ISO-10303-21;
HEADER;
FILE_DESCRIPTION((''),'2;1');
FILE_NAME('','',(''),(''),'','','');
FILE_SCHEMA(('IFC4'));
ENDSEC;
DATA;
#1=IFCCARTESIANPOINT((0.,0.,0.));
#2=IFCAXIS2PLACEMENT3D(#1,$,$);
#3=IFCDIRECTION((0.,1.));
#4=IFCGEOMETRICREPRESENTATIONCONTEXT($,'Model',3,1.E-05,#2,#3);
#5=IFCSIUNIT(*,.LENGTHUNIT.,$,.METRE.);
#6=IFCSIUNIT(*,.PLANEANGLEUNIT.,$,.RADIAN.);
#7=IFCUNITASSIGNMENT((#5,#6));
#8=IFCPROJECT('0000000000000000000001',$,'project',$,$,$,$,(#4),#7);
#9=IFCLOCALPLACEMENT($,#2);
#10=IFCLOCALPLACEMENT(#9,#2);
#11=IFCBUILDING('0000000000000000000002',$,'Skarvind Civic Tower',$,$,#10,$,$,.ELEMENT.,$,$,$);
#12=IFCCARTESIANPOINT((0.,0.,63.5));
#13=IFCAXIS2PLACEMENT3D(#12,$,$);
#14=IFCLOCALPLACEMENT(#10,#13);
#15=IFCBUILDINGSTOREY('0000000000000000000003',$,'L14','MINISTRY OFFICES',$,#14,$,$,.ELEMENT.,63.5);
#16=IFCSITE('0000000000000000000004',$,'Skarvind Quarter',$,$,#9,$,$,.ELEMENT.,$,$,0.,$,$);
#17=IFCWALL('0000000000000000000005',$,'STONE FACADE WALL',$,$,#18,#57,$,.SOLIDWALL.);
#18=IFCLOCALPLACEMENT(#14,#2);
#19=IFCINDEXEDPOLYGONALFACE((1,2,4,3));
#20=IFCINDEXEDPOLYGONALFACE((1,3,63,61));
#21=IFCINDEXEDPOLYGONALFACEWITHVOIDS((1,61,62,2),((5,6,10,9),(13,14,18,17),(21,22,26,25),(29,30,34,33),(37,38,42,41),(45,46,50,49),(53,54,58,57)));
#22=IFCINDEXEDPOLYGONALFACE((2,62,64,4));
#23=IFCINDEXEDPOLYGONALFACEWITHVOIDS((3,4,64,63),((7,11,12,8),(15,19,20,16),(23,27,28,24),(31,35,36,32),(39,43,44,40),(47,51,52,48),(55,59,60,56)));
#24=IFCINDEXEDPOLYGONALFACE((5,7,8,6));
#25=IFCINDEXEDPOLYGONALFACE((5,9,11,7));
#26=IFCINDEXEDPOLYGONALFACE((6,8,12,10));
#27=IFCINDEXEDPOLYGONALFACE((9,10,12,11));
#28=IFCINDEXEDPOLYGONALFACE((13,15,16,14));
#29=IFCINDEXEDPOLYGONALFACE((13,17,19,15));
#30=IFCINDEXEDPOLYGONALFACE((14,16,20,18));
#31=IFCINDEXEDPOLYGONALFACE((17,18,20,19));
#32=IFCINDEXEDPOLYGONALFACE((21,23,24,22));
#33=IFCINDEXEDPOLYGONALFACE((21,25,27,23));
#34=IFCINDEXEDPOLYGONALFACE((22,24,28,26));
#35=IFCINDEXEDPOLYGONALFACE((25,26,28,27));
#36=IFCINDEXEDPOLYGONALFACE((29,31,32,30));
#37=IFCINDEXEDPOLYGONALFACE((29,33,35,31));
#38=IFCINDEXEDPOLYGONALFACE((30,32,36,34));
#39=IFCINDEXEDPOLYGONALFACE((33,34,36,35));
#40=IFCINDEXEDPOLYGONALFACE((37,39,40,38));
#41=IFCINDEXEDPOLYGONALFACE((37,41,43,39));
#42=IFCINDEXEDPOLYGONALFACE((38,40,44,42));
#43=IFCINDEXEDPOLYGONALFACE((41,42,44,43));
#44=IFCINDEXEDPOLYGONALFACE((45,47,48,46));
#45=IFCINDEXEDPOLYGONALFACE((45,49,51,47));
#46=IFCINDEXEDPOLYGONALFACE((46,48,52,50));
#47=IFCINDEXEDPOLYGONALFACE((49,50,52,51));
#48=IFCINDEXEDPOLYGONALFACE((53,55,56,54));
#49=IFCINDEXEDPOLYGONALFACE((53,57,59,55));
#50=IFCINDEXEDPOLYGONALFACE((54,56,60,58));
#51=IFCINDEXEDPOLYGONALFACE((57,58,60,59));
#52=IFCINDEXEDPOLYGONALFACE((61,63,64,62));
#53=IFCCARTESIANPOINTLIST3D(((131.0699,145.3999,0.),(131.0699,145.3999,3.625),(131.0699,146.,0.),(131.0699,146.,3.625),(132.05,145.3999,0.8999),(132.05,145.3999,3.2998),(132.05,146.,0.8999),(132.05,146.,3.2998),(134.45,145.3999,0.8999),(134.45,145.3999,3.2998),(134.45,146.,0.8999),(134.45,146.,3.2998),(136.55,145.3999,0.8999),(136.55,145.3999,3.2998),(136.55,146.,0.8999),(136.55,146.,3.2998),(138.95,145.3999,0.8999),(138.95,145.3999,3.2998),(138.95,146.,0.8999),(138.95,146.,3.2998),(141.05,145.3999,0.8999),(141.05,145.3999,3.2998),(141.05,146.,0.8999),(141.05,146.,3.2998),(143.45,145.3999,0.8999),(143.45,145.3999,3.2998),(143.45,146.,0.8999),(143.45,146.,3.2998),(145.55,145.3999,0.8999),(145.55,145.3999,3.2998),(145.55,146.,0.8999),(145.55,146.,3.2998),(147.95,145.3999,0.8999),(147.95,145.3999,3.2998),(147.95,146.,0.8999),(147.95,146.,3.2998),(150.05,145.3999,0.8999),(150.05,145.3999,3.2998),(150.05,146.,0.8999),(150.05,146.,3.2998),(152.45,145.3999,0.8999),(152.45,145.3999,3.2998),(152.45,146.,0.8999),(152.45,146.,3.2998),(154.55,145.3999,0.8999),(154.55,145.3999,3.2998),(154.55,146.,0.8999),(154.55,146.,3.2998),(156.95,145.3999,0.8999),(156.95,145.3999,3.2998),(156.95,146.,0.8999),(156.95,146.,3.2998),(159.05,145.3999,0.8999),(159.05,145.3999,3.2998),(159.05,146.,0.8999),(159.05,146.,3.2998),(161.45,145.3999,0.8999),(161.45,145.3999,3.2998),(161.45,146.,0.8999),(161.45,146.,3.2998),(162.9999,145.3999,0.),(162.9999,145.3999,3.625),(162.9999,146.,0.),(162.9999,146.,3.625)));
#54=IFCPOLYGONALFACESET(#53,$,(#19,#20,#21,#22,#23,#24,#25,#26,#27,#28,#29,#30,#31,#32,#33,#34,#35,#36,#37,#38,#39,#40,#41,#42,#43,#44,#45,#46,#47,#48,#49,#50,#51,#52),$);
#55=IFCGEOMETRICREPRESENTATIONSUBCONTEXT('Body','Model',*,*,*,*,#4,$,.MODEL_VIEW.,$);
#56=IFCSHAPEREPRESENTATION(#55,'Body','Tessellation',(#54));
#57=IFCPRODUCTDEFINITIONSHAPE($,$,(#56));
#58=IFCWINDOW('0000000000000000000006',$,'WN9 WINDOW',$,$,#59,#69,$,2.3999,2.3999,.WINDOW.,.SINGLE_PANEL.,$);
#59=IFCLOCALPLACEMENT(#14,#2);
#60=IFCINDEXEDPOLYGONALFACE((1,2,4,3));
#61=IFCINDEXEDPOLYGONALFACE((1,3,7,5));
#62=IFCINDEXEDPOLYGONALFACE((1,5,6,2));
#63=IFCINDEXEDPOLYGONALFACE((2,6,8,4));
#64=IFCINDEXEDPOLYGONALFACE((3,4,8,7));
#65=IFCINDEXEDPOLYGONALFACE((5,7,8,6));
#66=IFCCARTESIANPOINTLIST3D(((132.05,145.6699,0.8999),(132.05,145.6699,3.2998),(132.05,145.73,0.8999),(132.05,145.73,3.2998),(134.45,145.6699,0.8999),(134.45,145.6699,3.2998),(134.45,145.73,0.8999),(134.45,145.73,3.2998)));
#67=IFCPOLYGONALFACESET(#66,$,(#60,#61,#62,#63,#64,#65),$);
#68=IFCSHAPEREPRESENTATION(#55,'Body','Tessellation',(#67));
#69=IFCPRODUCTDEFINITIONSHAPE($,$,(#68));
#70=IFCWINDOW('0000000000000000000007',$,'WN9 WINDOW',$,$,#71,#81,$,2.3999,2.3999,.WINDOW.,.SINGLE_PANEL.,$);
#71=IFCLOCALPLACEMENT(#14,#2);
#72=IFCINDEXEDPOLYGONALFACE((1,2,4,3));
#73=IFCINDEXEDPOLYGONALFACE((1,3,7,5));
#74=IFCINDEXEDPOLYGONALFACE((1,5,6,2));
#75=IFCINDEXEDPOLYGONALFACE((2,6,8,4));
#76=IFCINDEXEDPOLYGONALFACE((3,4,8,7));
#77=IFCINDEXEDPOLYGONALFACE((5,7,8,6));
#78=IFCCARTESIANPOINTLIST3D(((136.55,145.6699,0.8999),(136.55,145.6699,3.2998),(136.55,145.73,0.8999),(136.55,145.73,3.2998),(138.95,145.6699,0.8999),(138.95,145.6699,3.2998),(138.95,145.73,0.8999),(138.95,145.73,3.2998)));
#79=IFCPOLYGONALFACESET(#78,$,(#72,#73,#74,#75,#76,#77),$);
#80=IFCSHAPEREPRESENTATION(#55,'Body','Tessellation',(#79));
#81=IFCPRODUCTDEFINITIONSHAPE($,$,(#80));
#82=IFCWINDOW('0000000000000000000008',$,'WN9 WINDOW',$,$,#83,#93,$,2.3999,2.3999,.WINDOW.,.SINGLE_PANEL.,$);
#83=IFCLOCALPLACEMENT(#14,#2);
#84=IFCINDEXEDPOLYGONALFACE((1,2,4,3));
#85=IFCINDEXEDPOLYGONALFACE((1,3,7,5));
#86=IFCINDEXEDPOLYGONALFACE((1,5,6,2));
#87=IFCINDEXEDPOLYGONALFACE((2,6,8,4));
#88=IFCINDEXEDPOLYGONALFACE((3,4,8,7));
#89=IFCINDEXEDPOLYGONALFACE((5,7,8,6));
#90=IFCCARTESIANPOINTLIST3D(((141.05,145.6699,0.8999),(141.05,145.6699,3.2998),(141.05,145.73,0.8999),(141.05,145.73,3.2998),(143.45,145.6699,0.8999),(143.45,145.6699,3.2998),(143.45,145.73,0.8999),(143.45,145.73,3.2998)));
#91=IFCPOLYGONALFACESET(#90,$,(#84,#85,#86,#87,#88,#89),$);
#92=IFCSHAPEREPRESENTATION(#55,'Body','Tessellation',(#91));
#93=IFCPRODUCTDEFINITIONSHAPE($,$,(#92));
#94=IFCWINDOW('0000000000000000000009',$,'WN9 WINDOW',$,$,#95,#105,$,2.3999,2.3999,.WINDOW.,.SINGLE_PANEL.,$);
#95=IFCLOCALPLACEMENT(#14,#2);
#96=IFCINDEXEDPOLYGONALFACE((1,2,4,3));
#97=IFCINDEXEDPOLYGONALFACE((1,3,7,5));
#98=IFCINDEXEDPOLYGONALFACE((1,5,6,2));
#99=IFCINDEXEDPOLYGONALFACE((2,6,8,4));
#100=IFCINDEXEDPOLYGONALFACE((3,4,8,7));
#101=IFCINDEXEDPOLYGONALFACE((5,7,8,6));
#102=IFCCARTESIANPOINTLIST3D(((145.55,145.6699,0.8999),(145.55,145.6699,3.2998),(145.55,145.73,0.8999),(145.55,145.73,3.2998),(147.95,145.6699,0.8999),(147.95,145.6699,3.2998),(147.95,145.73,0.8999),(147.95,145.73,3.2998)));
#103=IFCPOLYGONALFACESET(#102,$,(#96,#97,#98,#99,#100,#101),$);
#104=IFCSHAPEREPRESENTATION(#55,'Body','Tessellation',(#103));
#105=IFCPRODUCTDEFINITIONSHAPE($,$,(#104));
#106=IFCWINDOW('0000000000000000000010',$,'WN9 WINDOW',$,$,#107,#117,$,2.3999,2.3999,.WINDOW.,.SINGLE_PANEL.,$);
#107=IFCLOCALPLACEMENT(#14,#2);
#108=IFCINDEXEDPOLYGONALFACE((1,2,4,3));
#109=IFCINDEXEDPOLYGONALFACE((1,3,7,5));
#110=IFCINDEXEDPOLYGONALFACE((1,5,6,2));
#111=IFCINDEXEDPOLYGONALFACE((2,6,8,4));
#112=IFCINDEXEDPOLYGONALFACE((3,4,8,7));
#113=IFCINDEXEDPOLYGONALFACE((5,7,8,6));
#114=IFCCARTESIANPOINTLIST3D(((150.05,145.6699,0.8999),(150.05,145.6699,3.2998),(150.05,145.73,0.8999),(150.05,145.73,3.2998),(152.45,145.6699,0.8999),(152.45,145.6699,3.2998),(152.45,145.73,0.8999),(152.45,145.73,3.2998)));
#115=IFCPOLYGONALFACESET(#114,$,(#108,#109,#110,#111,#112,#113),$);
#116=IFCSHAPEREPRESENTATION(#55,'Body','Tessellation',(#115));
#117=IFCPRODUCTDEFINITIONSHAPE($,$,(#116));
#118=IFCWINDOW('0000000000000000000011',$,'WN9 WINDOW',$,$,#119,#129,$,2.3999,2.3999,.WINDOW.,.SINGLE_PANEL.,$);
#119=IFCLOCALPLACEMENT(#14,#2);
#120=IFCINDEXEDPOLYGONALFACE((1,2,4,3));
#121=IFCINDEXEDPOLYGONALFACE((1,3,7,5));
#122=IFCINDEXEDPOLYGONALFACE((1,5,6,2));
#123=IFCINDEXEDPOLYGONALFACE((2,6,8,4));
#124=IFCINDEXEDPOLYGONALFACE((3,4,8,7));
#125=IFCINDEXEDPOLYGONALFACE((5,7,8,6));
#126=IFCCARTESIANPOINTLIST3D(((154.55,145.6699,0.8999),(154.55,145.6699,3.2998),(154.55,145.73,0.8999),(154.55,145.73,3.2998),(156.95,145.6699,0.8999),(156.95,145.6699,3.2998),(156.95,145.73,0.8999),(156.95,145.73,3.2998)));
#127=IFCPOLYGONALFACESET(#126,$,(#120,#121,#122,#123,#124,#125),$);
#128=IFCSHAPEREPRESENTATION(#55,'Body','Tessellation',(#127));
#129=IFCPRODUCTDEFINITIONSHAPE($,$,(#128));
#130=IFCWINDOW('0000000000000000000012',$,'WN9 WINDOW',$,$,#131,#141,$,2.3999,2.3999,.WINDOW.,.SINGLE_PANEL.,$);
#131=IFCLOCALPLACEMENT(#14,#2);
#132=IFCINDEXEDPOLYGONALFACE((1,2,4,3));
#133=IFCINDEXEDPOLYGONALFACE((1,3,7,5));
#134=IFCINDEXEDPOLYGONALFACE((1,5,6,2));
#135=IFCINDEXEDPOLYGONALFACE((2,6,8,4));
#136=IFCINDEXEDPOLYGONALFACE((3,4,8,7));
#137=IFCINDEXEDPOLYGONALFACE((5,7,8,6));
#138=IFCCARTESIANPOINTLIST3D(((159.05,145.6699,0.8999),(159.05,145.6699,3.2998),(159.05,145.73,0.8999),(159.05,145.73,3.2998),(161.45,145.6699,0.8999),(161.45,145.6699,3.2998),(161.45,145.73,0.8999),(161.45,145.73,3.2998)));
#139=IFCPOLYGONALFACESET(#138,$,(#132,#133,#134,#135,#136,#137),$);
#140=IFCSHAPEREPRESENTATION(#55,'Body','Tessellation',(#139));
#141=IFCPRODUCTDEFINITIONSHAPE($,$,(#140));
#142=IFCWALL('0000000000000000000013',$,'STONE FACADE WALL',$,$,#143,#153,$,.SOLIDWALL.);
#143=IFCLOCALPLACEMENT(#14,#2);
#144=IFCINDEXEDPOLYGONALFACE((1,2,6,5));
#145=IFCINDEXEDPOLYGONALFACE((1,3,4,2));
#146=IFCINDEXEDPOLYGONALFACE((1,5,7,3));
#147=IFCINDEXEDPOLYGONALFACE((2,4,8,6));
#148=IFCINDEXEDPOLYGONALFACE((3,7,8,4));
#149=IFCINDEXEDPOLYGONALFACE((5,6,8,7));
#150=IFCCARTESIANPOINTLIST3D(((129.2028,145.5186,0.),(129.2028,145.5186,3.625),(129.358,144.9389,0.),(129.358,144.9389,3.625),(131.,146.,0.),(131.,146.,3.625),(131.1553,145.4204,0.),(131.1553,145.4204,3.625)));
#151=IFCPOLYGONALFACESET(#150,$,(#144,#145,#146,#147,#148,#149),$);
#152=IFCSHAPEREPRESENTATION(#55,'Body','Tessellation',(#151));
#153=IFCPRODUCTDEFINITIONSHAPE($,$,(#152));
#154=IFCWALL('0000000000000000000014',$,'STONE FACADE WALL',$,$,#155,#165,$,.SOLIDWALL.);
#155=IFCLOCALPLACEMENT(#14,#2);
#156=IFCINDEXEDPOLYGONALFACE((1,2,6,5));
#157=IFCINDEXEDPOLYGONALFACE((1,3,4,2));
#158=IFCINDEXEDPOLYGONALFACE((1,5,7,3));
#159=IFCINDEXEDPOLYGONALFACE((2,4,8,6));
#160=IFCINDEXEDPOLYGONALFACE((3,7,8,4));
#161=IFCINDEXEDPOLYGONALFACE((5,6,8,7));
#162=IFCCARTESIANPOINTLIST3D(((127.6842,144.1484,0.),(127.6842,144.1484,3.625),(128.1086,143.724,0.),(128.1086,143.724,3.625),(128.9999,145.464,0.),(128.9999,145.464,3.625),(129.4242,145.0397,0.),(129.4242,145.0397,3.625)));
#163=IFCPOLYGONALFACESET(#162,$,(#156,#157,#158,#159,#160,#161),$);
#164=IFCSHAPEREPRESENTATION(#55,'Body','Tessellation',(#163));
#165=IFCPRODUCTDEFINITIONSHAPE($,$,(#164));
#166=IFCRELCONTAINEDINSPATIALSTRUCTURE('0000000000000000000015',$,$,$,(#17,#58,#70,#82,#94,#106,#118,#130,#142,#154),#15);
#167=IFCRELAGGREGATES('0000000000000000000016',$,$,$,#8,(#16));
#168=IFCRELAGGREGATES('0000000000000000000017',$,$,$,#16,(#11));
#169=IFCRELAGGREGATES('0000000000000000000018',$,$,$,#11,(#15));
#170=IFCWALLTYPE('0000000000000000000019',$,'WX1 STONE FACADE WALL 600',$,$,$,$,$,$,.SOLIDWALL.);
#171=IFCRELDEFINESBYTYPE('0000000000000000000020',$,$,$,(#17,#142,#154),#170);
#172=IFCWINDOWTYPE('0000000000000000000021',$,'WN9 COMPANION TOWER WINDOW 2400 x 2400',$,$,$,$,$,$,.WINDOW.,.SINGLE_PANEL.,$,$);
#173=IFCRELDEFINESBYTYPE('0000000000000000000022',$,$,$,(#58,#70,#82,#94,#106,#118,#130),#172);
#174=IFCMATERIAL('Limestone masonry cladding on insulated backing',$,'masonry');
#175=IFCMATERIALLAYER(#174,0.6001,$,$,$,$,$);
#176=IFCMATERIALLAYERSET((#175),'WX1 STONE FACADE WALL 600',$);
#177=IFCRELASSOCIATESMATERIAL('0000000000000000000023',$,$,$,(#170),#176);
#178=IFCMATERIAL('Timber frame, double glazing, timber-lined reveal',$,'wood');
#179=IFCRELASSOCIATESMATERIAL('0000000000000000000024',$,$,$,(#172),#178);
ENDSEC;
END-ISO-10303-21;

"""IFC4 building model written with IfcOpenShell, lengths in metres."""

from ifc_helpers import new_model, si_unit, direction, frame, frame_2d, origin, place, context, subcontext, project, spatial, rectangle, extrude, material, layer, layer_set, type_object, element, fill, save


model = new_model("IFC4")

# Units and contexts
model_context = context("Model", 3, precision=1e-05, world=origin(), true_north=direction((0.0, 1.0)))
body_context = subcontext(model_context, "Body", "Model", "MODEL_VIEW")
ifc_project = project(units=[si_unit("LENGTHUNIT", "METRE"), si_unit("PLANEANGLEUNIT", "RADIAN")], contexts=[model_context])

# Site, building, storey
site_placement = place(None, origin())
site = spatial("IfcSite", under=ifc_project, at=site_placement, Name="Skarvind Quarter", CompositionType="ELEMENT", RefElevation=0.0)
building_placement = place(site_placement, origin())
building = spatial("IfcBuilding", under=site, at=building_placement, Name="Skarvind Civic Tower", CompositionType="ELEMENT")
storey_placement = place(building_placement, frame((0.0, 0.0, 63.5)))
storey = spatial("IfcBuildingStorey", under=building, at=storey_placement, Name="L14", Description="MINISTRY OFFICES", CompositionType="ELEMENT", Elevation=63.5)

# Wall, openings, windows
ifc_material_1 = material(Name="Limestone masonry cladding on insulated backing", Category="masonry")
ifc_layer_1 = layer(ifc_material_1, 0.6001)
ifc_layer_set_1 = layer_set([ifc_layer_1], Name="WX1 STONE FACADE WALL 600")
wall_type_1 = type_object("IfcWallType", Name="WX1 STONE FACADE WALL 600", PredefinedType="SOLIDWALL", material=ifc_layer_set_1)
wall_1_placement = place(storey_placement, frame((131.0701, 145.7, 0.0), z_axis=(0.0, 0.0, 1.0), x_axis=(1.0, 0.0, 0.0)))
wall_1 = element("IfcWall", 1, at=wall_1_placement, inside=storey, type_object=wall_type_1, Name="STONE FACADE WALL", PredefinedType="SOLIDWALL", context=body_context, shape_type="SweptSolid", body=[
    extrude(rectangle(XDim=31.9299, YDim=0.6001, at=frame_2d((15.9648, 0.0))), origin(), (0.0, 0.0, 1.0), 3.625),
])
opening_1_placement = place(wall_1_placement, frame((0.98, 0.0, 0.8999)))
opening_1 = element("IfcOpeningElement", 2, at=opening_1_placement, cuts=wall_1, PredefinedType="OPENING", context=body_context, shape_type="SweptSolid", body=[
    extrude(rectangle(XDim=2.3999, YDim=2.3999, at=frame_2d((1.2, 1.2))), frame((0.0, 0.3101, 0.0), z_axis=(0.0, -1.0, 0.0), x_axis=(1.0, 0.0, 0.0)), (0.0, 0.0, 1.0), 0.6201),
])
opening_2_placement = place(wall_1_placement, frame((5.48, 0.0, 0.8999)))
opening_2 = element("IfcOpeningElement", 3, at=opening_2_placement, cuts=wall_1, PredefinedType="OPENING", context=body_context, shape_type="SweptSolid", body=[
    extrude(rectangle(XDim=2.3999, YDim=2.3999, at=frame_2d((1.2, 1.2))), frame((0.0, 0.3101, 0.0), z_axis=(0.0, -1.0, 0.0), x_axis=(1.0, 0.0, 0.0)), (0.0, 0.0, 1.0), 0.6201),
])
opening_3_placement = place(wall_1_placement, frame((9.98, 0.0, 0.8999)))
opening_3 = element("IfcOpeningElement", 4, at=opening_3_placement, cuts=wall_1, PredefinedType="OPENING", context=body_context, shape_type="SweptSolid", body=[
    extrude(rectangle(XDim=2.3999, YDim=2.3999, at=frame_2d((1.2, 1.2))), frame((0.0, 0.3101, 0.0), z_axis=(0.0, -1.0, 0.0), x_axis=(1.0, 0.0, 0.0)), (0.0, 0.0, 1.0), 0.6201),
])
opening_4_placement = place(wall_1_placement, frame((14.48, 0.0, 0.8999)))
opening_4 = element("IfcOpeningElement", 5, at=opening_4_placement, cuts=wall_1, PredefinedType="OPENING", context=body_context, shape_type="SweptSolid", body=[
    extrude(rectangle(XDim=2.3999, YDim=2.3999, at=frame_2d((1.2, 1.2))), frame((0.0, 0.3101, 0.0), z_axis=(0.0, -1.0, 0.0), x_axis=(1.0, 0.0, 0.0)), (0.0, 0.0, 1.0), 0.6201),
])
opening_5_placement = place(wall_1_placement, frame((18.98, 0.0, 0.8999)))
opening_5 = element("IfcOpeningElement", 6, at=opening_5_placement, cuts=wall_1, PredefinedType="OPENING", context=body_context, shape_type="SweptSolid", body=[
    extrude(rectangle(XDim=2.3999, YDim=2.3999, at=frame_2d((1.2, 1.2))), frame((0.0, 0.3101, 0.0), z_axis=(0.0, -1.0, 0.0), x_axis=(1.0, 0.0, 0.0)), (0.0, 0.0, 1.0), 0.6201),
])
opening_6_placement = place(wall_1_placement, frame((23.48, 0.0, 0.8999)))
opening_6 = element("IfcOpeningElement", 7, at=opening_6_placement, cuts=wall_1, PredefinedType="OPENING", context=body_context, shape_type="SweptSolid", body=[
    extrude(rectangle(XDim=2.3999, YDim=2.3999, at=frame_2d((1.2, 1.2))), frame((0.0, 0.3101, 0.0), z_axis=(0.0, -1.0, 0.0), x_axis=(1.0, 0.0, 0.0)), (0.0, 0.0, 1.0), 0.6201),
])
opening_7_placement = place(wall_1_placement, frame((27.98, 0.0, 0.8999)))
opening_7 = element("IfcOpeningElement", 8, at=opening_7_placement, cuts=wall_1, PredefinedType="OPENING", context=body_context, shape_type="SweptSolid", body=[
    extrude(rectangle(XDim=2.3999, YDim=2.3999, at=frame_2d((1.2, 1.2))), frame((0.0, 0.3101, 0.0), z_axis=(0.0, -1.0, 0.0), x_axis=(1.0, 0.0, 0.0)), (0.0, 0.0, 1.0), 0.6201),
])
ifc_material_2 = material(Name="Timber frame, double glazing, timber-lined reveal", Category="wood")
window_type = type_object("IfcWindowType", Name="WN9 COMPANION TOWER WINDOW 2400 x 2400", PartitioningType="SINGLE_PANEL", PredefinedType="WINDOW", material=ifc_material_2)
window_1_placement = place(opening_1_placement, origin())
window_1 = element("IfcWindow", 9, at=window_1_placement, inside=storey, type_object=window_type, Name="WN9 WINDOW", OverallHeight=2.3999, OverallWidth=2.3999, PartitioningType="SINGLE_PANEL", PredefinedType="WINDOW", context=body_context, shape_type="SweptSolid", body=[
    extrude(rectangle(XDim=2.3999, YDim=2.3999, at=frame_2d((1.2, 1.2))), frame((0.0, 0.03, 0.0), z_axis=(0.0, -1.0, 0.0), x_axis=(1.0, 0.0, 0.0)), (0.0, 0.0, 1.0), 0.0601),
])
fill(opening_1, window_1)
window_2_placement = place(opening_2_placement, origin())
window_2 = element("IfcWindow", 10, at=window_2_placement, inside=storey, type_object=window_type, Name="WN9 WINDOW", OverallHeight=2.3999, OverallWidth=2.3999, PartitioningType="SINGLE_PANEL", PredefinedType="WINDOW", context=body_context, shape_type="SweptSolid", body=[
    extrude(rectangle(XDim=2.3999, YDim=2.3999, at=frame_2d((1.2, 1.2))), frame((0.0, 0.03, 0.0), z_axis=(0.0, -1.0, 0.0), x_axis=(1.0, 0.0, 0.0)), (0.0, 0.0, 1.0), 0.0601),
])
fill(opening_2, window_2)
window_3_placement = place(opening_3_placement, origin())
window_3 = element("IfcWindow", 11, at=window_3_placement, inside=storey, type_object=window_type, Name="WN9 WINDOW", OverallHeight=2.3999, OverallWidth=2.3999, PartitioningType="SINGLE_PANEL", PredefinedType="WINDOW", context=body_context, shape_type="SweptSolid", body=[
    extrude(rectangle(XDim=2.3999, YDim=2.3999, at=frame_2d((1.2, 1.2))), frame((0.0, 0.03, 0.0), z_axis=(0.0, -1.0, 0.0), x_axis=(1.0, 0.0, 0.0)), (0.0, 0.0, 1.0), 0.0601),
])
fill(opening_3, window_3)
window_4_placement = place(opening_4_placement, origin())
window_4 = element("IfcWindow", 12, at=window_4_placement, inside=storey, type_object=window_type, Name="WN9 WINDOW", OverallHeight=2.3999, OverallWidth=2.3999, PartitioningType="SINGLE_PANEL", PredefinedType="WINDOW", context=body_context, shape_type="SweptSolid", body=[
    extrude(rectangle(XDim=2.3999, YDim=2.3999, at=frame_2d((1.2, 1.2))), frame((0.0, 0.03, 0.0), z_axis=(0.0, -1.0, 0.0), x_axis=(1.0, 0.0, 0.0)), (0.0, 0.0, 1.0), 0.0601),
])
fill(opening_4, window_4)
window_5_placement = place(opening_5_placement, origin())
window_5 = element("IfcWindow", 13, at=window_5_placement, inside=storey, type_object=window_type, Name="WN9 WINDOW", OverallHeight=2.3999, OverallWidth=2.3999, PartitioningType="SINGLE_PANEL", PredefinedType="WINDOW", context=body_context, shape_type="SweptSolid", body=[
    extrude(rectangle(XDim=2.3999, YDim=2.3999, at=frame_2d((1.2, 1.2))), frame((0.0, 0.03, 0.0), z_axis=(0.0, -1.0, 0.0), x_axis=(1.0, 0.0, 0.0)), (0.0, 0.0, 1.0), 0.0601),
])
fill(opening_5, window_5)
window_6_placement = place(opening_6_placement, origin())
window_6 = element("IfcWindow", 14, at=window_6_placement, inside=storey, type_object=window_type, Name="WN9 WINDOW", OverallHeight=2.3999, OverallWidth=2.3999, PartitioningType="SINGLE_PANEL", PredefinedType="WINDOW", context=body_context, shape_type="SweptSolid", body=[
    extrude(rectangle(XDim=2.3999, YDim=2.3999, at=frame_2d((1.2, 1.2))), frame((0.0, 0.03, 0.0), z_axis=(0.0, -1.0, 0.0), x_axis=(1.0, 0.0, 0.0)), (0.0, 0.0, 1.0), 0.0601),
])
fill(opening_6, window_6)
window_7_placement = place(opening_7_placement, origin())
window_7 = element("IfcWindow", 15, at=window_7_placement, inside=storey, type_object=window_type, Name="WN9 WINDOW", OverallHeight=2.3999, OverallWidth=2.3999, PartitioningType="SINGLE_PANEL", PredefinedType="WINDOW", context=body_context, shape_type="SweptSolid", body=[
    extrude(rectangle(XDim=2.3999, YDim=2.3999, at=frame_2d((1.2, 1.2))), frame((0.0, 0.03, 0.0), z_axis=(0.0, -1.0, 0.0), x_axis=(1.0, 0.0, 0.0)), (0.0, 0.0, 1.0), 0.0601),
])
fill(opening_7, window_7)

# Walls
for number, where, z_axis, x_axis, name in (
    (16, (129.2805, 145.2288, 0.0), (0.0, 0.0, 1.0), (0.965938, 0.258773, 0.0), "STONE FACADE WALL"),
    (17, (127.8965, 143.9363, 0.0), (0.0, 0.0, 1.0), (0.707107, 0.707107, 0.0), "STONE FACADE WALL"),
):
    element("IfcWall", number, at=place(storey_placement, frame(where, z_axis=z_axis, x_axis=x_axis)), inside=storey, type_object=wall_type_1, Name=name, PredefinedType="SOLIDWALL", context=body_context, shape_type="SweptSolid", body=[
        extrude(rectangle(XDim=1.8606, YDim=0.6001, at=frame_2d((0.9302, 0.0))), origin(), (0.0, 0.0, 1.0), 3.625),
    ])

save(model, "model.ifc")
